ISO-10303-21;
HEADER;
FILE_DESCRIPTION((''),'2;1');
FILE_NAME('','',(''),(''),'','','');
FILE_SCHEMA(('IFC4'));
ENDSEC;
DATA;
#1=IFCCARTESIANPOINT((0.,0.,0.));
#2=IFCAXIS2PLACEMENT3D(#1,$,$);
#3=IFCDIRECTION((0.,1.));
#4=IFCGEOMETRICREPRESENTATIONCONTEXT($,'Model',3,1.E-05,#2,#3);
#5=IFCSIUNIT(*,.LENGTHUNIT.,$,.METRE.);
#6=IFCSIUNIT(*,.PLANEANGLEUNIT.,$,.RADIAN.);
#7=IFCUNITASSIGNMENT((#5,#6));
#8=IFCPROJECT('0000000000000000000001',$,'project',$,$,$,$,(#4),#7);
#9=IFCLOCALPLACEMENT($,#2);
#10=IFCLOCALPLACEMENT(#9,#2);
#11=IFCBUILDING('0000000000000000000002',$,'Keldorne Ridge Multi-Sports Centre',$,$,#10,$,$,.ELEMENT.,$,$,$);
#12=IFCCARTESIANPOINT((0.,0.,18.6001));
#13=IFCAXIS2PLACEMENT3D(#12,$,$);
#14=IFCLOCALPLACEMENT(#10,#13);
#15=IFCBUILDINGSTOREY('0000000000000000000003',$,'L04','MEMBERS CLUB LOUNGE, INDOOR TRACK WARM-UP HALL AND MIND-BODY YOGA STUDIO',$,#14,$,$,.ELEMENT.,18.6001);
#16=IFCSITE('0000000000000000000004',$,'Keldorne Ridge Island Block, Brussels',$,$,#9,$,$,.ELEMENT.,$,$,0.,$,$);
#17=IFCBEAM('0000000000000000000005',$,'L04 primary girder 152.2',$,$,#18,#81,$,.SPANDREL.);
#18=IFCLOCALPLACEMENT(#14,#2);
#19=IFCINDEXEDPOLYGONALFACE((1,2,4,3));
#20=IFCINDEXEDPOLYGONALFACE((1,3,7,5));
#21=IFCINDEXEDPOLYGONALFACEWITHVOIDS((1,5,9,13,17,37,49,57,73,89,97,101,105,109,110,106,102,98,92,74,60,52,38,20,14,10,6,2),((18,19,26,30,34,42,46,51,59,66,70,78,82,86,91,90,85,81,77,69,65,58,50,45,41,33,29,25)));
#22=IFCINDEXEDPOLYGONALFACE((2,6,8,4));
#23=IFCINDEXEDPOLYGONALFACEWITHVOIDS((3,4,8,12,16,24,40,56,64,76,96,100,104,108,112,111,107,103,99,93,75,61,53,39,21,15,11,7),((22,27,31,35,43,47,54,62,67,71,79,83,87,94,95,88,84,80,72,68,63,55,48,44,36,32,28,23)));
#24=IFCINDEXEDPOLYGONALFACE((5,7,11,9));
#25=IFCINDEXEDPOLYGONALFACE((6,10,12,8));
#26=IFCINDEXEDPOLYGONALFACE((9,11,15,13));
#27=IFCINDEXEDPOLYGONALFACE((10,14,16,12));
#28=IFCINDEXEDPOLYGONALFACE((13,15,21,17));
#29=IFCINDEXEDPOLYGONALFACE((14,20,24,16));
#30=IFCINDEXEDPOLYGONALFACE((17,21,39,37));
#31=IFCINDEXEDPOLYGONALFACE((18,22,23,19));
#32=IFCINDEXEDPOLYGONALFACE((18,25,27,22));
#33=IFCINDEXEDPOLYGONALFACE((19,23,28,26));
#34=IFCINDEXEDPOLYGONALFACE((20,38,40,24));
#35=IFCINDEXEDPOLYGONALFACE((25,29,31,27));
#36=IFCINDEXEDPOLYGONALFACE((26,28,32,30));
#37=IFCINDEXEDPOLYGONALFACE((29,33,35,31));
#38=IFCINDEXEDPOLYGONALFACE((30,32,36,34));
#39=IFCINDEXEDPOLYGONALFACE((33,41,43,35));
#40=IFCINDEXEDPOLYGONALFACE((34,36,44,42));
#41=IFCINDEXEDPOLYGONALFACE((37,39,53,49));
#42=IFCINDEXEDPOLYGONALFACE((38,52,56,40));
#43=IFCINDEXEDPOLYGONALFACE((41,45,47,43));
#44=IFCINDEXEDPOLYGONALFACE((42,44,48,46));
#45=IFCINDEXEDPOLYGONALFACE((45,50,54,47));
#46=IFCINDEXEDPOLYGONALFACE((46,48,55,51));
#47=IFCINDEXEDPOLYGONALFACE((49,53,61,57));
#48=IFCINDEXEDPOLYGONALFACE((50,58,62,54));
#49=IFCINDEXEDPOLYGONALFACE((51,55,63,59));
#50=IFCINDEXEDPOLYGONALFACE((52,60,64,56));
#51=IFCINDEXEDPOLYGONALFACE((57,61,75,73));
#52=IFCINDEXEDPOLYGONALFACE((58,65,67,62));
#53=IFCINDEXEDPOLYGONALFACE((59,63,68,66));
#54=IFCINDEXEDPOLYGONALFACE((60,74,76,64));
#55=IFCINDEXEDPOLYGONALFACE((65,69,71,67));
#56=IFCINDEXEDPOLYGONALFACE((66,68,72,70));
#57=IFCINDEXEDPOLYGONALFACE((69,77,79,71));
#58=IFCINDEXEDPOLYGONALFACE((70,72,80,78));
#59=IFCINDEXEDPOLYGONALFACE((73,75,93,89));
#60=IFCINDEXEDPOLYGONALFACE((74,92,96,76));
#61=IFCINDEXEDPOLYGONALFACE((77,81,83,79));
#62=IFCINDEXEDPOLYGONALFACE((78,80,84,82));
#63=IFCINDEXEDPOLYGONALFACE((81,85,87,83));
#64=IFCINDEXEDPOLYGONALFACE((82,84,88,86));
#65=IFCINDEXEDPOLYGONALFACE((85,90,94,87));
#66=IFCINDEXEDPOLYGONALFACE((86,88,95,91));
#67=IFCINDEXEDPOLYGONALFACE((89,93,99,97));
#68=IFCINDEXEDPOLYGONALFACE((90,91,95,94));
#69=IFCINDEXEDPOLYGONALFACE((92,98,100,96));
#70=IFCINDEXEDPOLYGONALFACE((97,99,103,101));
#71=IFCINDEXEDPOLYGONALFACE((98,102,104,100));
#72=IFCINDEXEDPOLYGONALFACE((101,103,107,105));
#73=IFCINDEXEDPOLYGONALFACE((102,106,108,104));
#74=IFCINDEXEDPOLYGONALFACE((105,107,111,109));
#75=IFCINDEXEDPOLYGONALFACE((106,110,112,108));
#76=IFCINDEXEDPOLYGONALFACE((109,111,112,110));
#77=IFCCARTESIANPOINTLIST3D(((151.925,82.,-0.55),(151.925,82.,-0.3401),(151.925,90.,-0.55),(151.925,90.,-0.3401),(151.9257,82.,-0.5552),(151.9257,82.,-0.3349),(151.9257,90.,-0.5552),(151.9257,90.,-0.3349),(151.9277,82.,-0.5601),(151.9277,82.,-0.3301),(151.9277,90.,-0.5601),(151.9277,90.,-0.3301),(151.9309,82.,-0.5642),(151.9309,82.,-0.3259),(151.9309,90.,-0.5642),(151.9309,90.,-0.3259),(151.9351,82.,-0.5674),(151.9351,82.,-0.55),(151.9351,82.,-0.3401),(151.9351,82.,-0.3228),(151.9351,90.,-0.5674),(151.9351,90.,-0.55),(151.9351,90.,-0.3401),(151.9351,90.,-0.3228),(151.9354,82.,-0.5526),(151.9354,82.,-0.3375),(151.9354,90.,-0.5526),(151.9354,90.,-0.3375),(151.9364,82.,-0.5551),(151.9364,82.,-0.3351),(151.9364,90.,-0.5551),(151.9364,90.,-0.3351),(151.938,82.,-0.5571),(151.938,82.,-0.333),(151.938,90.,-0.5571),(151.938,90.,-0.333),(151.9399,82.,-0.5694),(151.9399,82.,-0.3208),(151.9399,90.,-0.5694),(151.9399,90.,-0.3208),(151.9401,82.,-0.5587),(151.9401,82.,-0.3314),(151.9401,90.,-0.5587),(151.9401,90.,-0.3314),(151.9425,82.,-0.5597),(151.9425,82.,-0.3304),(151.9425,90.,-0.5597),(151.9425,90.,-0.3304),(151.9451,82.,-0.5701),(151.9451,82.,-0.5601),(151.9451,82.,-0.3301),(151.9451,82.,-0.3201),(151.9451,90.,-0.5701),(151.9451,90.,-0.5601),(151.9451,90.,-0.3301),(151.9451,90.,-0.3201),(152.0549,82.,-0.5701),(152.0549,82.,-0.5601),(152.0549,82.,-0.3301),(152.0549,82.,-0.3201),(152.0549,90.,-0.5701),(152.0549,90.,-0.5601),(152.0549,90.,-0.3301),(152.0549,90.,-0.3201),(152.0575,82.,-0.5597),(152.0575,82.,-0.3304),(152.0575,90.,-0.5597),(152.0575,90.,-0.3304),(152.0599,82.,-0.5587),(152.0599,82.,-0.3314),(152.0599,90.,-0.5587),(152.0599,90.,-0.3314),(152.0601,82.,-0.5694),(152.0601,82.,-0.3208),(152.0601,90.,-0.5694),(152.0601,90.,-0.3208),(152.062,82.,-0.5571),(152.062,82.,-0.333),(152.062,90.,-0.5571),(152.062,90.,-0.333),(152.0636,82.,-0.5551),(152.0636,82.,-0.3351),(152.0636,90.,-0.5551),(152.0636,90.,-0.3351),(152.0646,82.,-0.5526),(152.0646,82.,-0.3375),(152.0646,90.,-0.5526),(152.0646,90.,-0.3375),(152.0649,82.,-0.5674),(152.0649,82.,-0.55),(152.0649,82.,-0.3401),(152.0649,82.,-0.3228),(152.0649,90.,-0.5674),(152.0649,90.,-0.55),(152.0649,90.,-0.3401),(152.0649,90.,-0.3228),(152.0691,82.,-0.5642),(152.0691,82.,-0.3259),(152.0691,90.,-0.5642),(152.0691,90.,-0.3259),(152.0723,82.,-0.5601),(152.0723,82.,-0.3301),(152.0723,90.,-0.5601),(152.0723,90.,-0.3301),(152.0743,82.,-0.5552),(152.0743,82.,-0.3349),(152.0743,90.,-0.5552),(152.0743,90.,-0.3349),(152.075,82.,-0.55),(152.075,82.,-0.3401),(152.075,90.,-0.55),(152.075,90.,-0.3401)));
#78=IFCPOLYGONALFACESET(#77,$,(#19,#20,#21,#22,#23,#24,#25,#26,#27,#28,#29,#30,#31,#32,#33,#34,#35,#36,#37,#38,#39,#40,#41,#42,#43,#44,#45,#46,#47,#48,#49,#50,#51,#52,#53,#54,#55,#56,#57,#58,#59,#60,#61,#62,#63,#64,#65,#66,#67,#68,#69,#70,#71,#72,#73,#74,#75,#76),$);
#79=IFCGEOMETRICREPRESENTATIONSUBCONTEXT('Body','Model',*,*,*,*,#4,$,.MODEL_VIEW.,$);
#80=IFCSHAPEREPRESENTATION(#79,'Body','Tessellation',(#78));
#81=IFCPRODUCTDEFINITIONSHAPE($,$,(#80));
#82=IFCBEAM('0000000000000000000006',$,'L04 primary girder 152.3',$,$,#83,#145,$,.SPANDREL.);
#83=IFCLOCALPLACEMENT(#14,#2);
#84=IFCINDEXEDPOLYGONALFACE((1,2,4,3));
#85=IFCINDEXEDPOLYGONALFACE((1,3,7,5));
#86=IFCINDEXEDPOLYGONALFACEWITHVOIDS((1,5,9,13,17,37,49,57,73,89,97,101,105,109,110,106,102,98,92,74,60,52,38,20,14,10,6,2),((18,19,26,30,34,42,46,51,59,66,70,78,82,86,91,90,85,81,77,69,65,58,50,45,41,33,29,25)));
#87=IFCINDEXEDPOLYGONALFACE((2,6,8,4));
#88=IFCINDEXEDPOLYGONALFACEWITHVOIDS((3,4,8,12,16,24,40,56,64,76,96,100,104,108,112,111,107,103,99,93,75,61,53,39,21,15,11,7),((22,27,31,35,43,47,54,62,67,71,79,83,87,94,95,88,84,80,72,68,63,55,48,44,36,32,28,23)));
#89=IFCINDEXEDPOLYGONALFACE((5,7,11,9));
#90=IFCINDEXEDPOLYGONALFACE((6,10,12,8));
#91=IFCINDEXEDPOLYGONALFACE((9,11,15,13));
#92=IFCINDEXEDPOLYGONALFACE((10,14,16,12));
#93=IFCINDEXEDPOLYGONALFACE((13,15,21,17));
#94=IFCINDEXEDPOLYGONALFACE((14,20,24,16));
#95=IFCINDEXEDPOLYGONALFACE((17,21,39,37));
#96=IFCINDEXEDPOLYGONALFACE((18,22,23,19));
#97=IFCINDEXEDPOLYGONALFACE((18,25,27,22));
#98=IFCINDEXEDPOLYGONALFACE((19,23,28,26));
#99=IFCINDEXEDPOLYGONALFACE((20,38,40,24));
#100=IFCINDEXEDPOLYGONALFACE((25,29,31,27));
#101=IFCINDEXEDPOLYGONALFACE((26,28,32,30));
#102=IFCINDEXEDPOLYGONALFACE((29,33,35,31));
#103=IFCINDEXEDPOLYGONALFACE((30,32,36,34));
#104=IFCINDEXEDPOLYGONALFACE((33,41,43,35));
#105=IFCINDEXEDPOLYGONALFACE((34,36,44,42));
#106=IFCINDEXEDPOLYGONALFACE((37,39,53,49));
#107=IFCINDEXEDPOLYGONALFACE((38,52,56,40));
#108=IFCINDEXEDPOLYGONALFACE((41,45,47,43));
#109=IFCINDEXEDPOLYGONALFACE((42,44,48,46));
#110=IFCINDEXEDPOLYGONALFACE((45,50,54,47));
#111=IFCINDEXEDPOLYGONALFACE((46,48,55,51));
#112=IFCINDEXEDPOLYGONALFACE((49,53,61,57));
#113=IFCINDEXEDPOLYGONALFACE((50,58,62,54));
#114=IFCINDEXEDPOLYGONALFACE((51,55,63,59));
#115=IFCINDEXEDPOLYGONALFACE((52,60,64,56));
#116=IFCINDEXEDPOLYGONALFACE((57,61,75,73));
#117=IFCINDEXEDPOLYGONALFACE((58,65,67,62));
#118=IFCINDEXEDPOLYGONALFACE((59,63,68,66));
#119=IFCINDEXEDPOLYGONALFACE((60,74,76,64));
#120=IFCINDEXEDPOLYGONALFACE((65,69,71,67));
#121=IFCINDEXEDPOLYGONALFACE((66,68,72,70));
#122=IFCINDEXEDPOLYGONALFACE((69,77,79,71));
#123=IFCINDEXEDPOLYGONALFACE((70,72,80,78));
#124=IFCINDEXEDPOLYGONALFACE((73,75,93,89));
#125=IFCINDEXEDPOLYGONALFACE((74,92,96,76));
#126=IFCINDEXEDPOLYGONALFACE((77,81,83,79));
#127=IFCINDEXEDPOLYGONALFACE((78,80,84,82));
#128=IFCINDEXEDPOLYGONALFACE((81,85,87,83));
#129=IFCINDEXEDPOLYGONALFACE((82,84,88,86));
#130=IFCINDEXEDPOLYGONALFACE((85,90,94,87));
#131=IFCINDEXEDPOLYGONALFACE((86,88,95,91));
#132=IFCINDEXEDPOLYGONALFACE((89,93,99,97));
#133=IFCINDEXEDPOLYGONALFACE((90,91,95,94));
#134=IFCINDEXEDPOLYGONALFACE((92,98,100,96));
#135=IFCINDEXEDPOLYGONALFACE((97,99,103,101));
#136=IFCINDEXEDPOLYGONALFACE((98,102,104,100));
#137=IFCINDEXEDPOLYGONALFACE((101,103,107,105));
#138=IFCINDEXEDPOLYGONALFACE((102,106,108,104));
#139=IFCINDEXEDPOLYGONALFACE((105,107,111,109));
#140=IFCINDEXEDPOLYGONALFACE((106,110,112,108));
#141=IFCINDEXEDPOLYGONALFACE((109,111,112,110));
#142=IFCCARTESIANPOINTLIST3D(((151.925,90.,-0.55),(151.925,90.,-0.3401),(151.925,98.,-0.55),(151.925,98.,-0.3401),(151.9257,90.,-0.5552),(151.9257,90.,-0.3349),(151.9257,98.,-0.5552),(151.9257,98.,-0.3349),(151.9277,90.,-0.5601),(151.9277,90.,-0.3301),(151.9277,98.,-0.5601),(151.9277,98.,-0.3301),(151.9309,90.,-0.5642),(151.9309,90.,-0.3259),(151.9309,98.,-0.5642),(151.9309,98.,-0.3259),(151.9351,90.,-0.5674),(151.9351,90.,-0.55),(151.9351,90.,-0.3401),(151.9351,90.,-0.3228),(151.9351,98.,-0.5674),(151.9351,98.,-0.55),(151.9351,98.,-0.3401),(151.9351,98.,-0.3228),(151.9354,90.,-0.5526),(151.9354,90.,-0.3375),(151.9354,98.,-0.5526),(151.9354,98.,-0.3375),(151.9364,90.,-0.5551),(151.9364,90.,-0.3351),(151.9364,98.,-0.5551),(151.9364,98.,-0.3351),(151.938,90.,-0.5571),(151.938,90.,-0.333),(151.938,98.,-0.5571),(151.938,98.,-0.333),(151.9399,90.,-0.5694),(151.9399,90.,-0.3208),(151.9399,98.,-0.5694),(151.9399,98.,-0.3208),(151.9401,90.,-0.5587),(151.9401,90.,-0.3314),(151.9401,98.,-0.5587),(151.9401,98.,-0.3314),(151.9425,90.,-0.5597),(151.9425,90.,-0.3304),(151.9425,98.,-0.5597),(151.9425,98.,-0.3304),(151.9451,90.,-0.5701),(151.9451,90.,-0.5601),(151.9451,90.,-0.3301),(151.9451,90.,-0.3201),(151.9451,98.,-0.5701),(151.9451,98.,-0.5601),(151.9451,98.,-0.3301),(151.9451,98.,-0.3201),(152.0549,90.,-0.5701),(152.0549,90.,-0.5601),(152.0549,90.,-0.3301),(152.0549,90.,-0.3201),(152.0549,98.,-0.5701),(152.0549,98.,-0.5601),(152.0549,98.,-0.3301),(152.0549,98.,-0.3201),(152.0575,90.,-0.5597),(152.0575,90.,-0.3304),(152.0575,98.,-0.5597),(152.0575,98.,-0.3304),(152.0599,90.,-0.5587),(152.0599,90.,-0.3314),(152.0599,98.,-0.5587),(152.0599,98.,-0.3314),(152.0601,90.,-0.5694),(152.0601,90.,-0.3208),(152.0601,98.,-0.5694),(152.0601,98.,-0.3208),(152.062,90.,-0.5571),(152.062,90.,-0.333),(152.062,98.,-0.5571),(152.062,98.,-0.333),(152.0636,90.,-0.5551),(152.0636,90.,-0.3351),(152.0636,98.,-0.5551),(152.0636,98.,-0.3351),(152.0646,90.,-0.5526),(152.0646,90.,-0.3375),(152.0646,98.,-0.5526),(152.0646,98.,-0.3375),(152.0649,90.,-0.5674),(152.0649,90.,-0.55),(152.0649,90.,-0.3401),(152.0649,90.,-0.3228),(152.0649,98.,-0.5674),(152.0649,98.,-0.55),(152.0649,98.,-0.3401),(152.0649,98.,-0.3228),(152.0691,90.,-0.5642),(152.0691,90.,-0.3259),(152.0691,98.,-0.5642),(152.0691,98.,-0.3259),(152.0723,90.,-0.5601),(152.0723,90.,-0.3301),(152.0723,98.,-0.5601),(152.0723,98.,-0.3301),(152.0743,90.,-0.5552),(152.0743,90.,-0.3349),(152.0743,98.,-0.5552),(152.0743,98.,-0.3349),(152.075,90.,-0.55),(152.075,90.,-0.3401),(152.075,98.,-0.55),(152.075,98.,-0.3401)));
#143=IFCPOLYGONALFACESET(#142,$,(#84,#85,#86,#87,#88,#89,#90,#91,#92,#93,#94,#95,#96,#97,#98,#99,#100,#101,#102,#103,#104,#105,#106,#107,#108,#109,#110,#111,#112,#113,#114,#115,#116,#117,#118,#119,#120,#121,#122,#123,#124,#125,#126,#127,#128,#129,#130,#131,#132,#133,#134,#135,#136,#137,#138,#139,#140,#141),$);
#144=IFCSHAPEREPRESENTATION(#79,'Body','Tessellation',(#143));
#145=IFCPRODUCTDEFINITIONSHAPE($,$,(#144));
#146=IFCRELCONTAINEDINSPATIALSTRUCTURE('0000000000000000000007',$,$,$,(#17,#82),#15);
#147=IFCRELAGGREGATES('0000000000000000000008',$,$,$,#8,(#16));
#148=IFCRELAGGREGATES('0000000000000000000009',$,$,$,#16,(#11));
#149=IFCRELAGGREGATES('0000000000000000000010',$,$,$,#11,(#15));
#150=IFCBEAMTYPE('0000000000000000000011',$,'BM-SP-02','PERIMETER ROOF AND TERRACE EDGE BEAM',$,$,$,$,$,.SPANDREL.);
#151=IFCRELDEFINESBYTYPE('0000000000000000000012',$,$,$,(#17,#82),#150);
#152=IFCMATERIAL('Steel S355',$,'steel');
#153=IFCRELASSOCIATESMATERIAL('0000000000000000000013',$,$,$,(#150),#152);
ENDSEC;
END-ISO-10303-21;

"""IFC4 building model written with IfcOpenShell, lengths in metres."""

from ifc_helpers import new_model, si_unit, direction, frame, origin, origin_2d, place, context, subcontext, project, spatial, hollow_rectangle, extrude, material, material_profile, profile_set, type_object, element, save


model = new_model("IFC4")

# Units and contexts
model_context = context("Model", 3, precision=1e-05, world=origin(), true_north=direction((0.0, 1.0)))
body_context = subcontext(model_context, "Body", "Model", "MODEL_VIEW")
ifc_project = project(units=[si_unit("LENGTHUNIT", "METRE"), si_unit("PLANEANGLEUNIT", "RADIAN")], contexts=[model_context])

# Site, building, storey
site_placement = place(None, origin())
site = spatial("IfcSite", under=ifc_project, at=site_placement, Name="Keldorne Ridge Island Block, Brussels", CompositionType="ELEMENT", RefElevation=0.0)
building_placement = place(site_placement, origin())
building = spatial("IfcBuilding", under=site, at=building_placement, Name="Keldorne Ridge Multi-Sports Centre", CompositionType="ELEMENT")
storey_placement = place(building_placement, frame((0.0, 0.0, 18.6001)))
storey = spatial("IfcBuildingStorey", under=building, at=storey_placement, Name="L04", Description="MEMBERS CLUB LOUNGE, INDOOR TRACK WARM-UP HALL AND MIND-BODY YOGA STUDIO", CompositionType="ELEMENT", Elevation=18.6001)

# Beams
ifc_material = material(Name="Steel S355", Category="steel")
ifc_material_profile_1 = material_profile(ifc_material, hollow_rectangle(XDim=0.1499, YDim=0.25, WallThickness=0.01, InnerFilletRadius=0.01, OuterFilletRadius=0.02, at=origin_2d()), Name="RHS 250x150x10")
ifc_profile_set_1 = profile_set([ifc_material_profile_1], Name="Steel S355")
beam_type_1 = type_object("IfcBeamType", Name="BM-SP-02", Description="PERIMETER ROOF AND TERRACE EDGE BEAM", PredefinedType="SPANDREL", material=ifc_profile_set_1)
for number, where, z_axis, x_axis, name in (
    (1, (152.0, 82.0, -0.4451), (0.0, 1.0, 0.0), (-1.0, 0.0, 0.0), "L04 primary girder 152.2"),
    (2, (152.0, 90.0, -0.4451), (0.0, 1.0, 0.0), (-1.0, 0.0, 0.0), "L04 primary girder 152.3"),
):
    element("IfcBeam", number, at=place(storey_placement, frame(where, z_axis=z_axis, x_axis=x_axis)), inside=storey, type_object=beam_type_1, Name=name, PredefinedType="SPANDREL", context=body_context, shape_type="SweptSolid", body=[
        extrude(hollow_rectangle(XDim=0.1499, YDim=0.25, WallThickness=0.01, InnerFilletRadius=0.01, OuterFilletRadius=0.02, at=origin_2d()), origin(), (0.0, 0.0, 1.0), 8.0),
    ])

save(model, "model.ifc")
